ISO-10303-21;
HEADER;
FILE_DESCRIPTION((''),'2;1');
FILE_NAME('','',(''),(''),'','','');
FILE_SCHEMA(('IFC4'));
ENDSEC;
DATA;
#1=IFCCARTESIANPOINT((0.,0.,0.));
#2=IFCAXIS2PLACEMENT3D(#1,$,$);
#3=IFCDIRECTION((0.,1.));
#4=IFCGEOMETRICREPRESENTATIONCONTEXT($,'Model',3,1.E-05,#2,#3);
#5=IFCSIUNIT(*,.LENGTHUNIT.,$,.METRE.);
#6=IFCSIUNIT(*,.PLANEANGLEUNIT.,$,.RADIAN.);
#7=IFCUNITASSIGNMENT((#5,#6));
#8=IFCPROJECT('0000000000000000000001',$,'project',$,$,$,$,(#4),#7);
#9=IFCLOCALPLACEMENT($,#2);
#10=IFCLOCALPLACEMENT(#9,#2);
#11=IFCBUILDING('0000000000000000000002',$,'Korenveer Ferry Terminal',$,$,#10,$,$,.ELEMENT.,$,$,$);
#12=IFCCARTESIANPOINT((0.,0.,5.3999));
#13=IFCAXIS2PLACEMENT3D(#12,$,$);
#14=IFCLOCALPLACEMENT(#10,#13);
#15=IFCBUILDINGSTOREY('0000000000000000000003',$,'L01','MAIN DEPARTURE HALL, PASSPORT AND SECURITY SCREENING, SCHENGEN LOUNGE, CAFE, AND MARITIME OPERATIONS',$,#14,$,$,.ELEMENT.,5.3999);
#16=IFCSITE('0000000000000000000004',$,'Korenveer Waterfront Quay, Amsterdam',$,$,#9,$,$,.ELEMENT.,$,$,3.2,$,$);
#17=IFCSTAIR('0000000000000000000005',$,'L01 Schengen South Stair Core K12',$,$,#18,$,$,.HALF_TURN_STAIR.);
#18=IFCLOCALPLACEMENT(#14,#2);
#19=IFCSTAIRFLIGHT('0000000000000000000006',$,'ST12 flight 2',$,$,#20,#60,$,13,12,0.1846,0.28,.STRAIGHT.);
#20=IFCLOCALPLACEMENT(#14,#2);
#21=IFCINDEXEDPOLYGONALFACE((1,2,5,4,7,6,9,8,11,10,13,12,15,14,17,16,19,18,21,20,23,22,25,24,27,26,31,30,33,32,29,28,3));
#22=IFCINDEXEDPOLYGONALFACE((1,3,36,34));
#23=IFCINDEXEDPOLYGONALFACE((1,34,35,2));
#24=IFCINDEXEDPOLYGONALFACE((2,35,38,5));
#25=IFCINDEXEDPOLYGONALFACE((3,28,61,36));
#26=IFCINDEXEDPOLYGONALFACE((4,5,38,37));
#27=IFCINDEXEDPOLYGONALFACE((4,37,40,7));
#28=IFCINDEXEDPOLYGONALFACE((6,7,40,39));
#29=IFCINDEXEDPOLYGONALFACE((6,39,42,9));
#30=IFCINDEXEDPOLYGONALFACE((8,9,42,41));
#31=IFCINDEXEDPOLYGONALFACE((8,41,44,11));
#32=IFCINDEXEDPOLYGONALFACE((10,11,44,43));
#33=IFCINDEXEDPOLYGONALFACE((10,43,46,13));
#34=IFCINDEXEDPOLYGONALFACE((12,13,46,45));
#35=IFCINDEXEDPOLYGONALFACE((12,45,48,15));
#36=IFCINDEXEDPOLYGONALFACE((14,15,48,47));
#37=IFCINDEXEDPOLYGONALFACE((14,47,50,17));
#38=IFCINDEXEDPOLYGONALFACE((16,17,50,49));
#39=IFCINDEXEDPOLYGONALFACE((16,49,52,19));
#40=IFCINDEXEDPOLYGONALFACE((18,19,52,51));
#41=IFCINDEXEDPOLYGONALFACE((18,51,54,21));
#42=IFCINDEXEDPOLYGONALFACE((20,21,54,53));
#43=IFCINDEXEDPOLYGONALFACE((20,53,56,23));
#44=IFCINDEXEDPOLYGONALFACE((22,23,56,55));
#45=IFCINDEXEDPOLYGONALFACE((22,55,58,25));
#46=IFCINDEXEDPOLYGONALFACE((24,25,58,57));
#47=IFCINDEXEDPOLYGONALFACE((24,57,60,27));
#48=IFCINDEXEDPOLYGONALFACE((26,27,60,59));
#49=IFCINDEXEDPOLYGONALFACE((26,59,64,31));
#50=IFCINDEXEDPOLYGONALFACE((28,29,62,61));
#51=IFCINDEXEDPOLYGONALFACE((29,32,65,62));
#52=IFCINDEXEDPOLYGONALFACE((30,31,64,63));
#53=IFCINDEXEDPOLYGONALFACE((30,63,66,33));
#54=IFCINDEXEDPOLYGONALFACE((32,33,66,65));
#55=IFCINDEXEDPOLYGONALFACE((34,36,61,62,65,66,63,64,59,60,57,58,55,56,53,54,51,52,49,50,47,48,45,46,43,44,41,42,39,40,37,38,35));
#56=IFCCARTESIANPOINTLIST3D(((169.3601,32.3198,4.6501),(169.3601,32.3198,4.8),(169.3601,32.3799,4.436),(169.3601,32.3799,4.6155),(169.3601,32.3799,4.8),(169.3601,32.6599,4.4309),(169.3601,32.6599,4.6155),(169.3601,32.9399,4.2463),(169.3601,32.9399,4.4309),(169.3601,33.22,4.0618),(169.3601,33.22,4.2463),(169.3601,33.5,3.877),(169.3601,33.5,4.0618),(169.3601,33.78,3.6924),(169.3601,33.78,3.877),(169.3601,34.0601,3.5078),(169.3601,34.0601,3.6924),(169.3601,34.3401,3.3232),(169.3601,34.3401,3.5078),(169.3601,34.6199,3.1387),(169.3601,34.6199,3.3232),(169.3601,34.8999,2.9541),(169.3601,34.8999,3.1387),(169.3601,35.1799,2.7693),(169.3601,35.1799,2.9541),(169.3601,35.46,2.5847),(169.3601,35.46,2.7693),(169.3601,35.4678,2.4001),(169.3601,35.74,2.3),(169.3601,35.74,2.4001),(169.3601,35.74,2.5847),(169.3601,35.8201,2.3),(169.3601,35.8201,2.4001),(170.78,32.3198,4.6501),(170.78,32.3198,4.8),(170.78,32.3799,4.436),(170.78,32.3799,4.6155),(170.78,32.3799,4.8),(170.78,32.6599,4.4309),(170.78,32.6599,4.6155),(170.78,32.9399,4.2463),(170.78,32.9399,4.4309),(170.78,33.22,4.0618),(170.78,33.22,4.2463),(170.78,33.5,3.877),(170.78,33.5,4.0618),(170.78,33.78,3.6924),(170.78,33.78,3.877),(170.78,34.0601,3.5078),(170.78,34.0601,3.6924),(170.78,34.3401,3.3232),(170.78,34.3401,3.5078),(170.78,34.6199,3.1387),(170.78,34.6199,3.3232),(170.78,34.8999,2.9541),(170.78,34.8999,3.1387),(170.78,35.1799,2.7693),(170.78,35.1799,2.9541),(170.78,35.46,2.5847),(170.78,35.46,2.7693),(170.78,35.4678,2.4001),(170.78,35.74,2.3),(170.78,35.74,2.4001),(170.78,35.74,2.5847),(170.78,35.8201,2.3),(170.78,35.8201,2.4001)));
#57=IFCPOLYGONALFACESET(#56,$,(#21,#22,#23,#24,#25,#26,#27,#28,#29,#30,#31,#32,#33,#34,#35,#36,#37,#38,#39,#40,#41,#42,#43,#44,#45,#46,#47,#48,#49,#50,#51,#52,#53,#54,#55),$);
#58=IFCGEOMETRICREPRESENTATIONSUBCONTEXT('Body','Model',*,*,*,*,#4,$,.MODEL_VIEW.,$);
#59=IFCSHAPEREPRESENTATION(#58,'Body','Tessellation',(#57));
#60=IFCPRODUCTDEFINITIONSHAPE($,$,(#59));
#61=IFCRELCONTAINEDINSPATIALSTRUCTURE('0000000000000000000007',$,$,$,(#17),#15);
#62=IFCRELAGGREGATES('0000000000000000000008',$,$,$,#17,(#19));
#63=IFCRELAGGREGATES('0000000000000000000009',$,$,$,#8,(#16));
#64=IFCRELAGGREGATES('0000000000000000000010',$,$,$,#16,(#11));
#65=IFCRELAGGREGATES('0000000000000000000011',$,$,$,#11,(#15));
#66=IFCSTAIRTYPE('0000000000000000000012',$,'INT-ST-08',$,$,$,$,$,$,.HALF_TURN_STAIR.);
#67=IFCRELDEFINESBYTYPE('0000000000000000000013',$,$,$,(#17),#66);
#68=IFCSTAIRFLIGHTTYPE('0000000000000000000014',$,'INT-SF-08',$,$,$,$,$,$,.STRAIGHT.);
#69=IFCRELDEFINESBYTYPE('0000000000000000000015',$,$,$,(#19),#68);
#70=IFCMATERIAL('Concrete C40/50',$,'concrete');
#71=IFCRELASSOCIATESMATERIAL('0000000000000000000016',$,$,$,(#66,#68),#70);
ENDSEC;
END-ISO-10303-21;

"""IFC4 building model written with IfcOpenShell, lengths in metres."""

from ifc_helpers import new_model, si_unit, direction, frame, origin, place, context, subcontext, project, spatial, polyline, outline, extrude, material, type_object, element, aggregate, save


model = new_model("IFC4")

# Units and contexts
model_context = context("Model", 3, precision=1e-05, world=origin(), true_north=direction((0.0, 1.0)))
body_context = subcontext(model_context, "Body", "Model", "MODEL_VIEW")
ifc_project = project(units=[si_unit("LENGTHUNIT", "METRE"), si_unit("PLANEANGLEUNIT", "RADIAN")], contexts=[model_context])

# Site, building, storey
site_placement = place(None, origin())
site = spatial("IfcSite", under=ifc_project, at=site_placement, Name="Korenveer Waterfront Quay, Amsterdam", CompositionType="ELEMENT", RefElevation=3.2)
building_placement = place(site_placement, origin())
building = spatial("IfcBuilding", under=site, at=building_placement, Name="Korenveer Ferry Terminal", CompositionType="ELEMENT")
storey_placement = place(building_placement, frame((0.0, 0.0, 5.3999)))
storey = spatial("IfcBuildingStorey", under=building, at=storey_placement, Name="L01", Description="MAIN DEPARTURE HALL, PASSPORT AND SECURITY SCREENING, SCHENGEN LOUNGE, CAFE, AND MARITIME OPERATIONS", CompositionType="ELEMENT", Elevation=5.3999)

# Stair, stair flight
ifc_material_1 = material(Name="Concrete C40/50", Category="concrete")
stair_type = type_object("IfcStairType", Name="INT-ST-08", PredefinedType="HALF_TURN_STAIR", material=ifc_material_1)
stair_placement = place(storey_placement, frame((171.6899, 32.3799, 0.0)))
stair = element("IfcStair", 1, at=stair_placement, inside=storey, type_object=stair_type, Name="L01 Schengen South Stair Core K12", PredefinedType="HALF_TURN_STAIR")
stair_flight_type = type_object("IfcStairFlightType", Name="INT-SF-08", PredefinedType="STRAIGHT", material=ifc_material_1)
stair_flight_1_placement = place(storey_placement, frame((170.0701, 35.74, 2.4001), z_axis=(0.0, 0.0, 1.0), x_axis=(0.0, -1.0, 0.0)))
stair_flight_1 = element("IfcStairFlight", 2, at=stair_flight_1_placement, type_object=stair_flight_type, Name="ST12 flight 2", NumberOfRisers=13, NumberOfTreads=12, PredefinedType="STRAIGHT", RiserHeight=0.1846, TreadLength=0.28, context=body_context, shape_type="SweptSolid", body=[
    extrude(outline(polyline([(-0.0801, 0.0), (0.0, 0.0), (0.0, 0.1846), (0.28, 0.1846), (0.28, 0.3691), (0.5601, 0.3691), (0.5601, 0.554), (0.8401, 0.554), (0.8401, 0.7385), (1.1201, 0.7385), (1.1201, 0.9231), (1.3999, 0.9231), (1.3999, 1.1077), (1.6799, 1.1077), (1.6799, 1.2922), (1.96, 1.2922), (1.96, 1.4768), (2.24, 1.4768), (2.24, 1.6616), (2.52, 1.6616), (2.52, 1.8462), (2.8, 1.8462), (2.8, 2.0308), (3.0801, 2.0308), (3.0801, 2.2153), (3.3601, 2.2153), (3.3601, 2.3999), (3.4202, 2.3999), (3.4202, 2.25), (3.3601, 2.0359), (0.2722, 0.0), (0.0, -0.1001), (-0.0801, -0.1001), (-0.0801, 0.0)])), frame((0.0, 0.71, 0.0), z_axis=(0.0, -1.0, 0.0), x_axis=(1.0, 0.0, 0.0)), (0.0, 0.0, 1.0), 1.4199),
])
aggregate(stair, [stair_flight_1])

save(model, "model.ifc")
